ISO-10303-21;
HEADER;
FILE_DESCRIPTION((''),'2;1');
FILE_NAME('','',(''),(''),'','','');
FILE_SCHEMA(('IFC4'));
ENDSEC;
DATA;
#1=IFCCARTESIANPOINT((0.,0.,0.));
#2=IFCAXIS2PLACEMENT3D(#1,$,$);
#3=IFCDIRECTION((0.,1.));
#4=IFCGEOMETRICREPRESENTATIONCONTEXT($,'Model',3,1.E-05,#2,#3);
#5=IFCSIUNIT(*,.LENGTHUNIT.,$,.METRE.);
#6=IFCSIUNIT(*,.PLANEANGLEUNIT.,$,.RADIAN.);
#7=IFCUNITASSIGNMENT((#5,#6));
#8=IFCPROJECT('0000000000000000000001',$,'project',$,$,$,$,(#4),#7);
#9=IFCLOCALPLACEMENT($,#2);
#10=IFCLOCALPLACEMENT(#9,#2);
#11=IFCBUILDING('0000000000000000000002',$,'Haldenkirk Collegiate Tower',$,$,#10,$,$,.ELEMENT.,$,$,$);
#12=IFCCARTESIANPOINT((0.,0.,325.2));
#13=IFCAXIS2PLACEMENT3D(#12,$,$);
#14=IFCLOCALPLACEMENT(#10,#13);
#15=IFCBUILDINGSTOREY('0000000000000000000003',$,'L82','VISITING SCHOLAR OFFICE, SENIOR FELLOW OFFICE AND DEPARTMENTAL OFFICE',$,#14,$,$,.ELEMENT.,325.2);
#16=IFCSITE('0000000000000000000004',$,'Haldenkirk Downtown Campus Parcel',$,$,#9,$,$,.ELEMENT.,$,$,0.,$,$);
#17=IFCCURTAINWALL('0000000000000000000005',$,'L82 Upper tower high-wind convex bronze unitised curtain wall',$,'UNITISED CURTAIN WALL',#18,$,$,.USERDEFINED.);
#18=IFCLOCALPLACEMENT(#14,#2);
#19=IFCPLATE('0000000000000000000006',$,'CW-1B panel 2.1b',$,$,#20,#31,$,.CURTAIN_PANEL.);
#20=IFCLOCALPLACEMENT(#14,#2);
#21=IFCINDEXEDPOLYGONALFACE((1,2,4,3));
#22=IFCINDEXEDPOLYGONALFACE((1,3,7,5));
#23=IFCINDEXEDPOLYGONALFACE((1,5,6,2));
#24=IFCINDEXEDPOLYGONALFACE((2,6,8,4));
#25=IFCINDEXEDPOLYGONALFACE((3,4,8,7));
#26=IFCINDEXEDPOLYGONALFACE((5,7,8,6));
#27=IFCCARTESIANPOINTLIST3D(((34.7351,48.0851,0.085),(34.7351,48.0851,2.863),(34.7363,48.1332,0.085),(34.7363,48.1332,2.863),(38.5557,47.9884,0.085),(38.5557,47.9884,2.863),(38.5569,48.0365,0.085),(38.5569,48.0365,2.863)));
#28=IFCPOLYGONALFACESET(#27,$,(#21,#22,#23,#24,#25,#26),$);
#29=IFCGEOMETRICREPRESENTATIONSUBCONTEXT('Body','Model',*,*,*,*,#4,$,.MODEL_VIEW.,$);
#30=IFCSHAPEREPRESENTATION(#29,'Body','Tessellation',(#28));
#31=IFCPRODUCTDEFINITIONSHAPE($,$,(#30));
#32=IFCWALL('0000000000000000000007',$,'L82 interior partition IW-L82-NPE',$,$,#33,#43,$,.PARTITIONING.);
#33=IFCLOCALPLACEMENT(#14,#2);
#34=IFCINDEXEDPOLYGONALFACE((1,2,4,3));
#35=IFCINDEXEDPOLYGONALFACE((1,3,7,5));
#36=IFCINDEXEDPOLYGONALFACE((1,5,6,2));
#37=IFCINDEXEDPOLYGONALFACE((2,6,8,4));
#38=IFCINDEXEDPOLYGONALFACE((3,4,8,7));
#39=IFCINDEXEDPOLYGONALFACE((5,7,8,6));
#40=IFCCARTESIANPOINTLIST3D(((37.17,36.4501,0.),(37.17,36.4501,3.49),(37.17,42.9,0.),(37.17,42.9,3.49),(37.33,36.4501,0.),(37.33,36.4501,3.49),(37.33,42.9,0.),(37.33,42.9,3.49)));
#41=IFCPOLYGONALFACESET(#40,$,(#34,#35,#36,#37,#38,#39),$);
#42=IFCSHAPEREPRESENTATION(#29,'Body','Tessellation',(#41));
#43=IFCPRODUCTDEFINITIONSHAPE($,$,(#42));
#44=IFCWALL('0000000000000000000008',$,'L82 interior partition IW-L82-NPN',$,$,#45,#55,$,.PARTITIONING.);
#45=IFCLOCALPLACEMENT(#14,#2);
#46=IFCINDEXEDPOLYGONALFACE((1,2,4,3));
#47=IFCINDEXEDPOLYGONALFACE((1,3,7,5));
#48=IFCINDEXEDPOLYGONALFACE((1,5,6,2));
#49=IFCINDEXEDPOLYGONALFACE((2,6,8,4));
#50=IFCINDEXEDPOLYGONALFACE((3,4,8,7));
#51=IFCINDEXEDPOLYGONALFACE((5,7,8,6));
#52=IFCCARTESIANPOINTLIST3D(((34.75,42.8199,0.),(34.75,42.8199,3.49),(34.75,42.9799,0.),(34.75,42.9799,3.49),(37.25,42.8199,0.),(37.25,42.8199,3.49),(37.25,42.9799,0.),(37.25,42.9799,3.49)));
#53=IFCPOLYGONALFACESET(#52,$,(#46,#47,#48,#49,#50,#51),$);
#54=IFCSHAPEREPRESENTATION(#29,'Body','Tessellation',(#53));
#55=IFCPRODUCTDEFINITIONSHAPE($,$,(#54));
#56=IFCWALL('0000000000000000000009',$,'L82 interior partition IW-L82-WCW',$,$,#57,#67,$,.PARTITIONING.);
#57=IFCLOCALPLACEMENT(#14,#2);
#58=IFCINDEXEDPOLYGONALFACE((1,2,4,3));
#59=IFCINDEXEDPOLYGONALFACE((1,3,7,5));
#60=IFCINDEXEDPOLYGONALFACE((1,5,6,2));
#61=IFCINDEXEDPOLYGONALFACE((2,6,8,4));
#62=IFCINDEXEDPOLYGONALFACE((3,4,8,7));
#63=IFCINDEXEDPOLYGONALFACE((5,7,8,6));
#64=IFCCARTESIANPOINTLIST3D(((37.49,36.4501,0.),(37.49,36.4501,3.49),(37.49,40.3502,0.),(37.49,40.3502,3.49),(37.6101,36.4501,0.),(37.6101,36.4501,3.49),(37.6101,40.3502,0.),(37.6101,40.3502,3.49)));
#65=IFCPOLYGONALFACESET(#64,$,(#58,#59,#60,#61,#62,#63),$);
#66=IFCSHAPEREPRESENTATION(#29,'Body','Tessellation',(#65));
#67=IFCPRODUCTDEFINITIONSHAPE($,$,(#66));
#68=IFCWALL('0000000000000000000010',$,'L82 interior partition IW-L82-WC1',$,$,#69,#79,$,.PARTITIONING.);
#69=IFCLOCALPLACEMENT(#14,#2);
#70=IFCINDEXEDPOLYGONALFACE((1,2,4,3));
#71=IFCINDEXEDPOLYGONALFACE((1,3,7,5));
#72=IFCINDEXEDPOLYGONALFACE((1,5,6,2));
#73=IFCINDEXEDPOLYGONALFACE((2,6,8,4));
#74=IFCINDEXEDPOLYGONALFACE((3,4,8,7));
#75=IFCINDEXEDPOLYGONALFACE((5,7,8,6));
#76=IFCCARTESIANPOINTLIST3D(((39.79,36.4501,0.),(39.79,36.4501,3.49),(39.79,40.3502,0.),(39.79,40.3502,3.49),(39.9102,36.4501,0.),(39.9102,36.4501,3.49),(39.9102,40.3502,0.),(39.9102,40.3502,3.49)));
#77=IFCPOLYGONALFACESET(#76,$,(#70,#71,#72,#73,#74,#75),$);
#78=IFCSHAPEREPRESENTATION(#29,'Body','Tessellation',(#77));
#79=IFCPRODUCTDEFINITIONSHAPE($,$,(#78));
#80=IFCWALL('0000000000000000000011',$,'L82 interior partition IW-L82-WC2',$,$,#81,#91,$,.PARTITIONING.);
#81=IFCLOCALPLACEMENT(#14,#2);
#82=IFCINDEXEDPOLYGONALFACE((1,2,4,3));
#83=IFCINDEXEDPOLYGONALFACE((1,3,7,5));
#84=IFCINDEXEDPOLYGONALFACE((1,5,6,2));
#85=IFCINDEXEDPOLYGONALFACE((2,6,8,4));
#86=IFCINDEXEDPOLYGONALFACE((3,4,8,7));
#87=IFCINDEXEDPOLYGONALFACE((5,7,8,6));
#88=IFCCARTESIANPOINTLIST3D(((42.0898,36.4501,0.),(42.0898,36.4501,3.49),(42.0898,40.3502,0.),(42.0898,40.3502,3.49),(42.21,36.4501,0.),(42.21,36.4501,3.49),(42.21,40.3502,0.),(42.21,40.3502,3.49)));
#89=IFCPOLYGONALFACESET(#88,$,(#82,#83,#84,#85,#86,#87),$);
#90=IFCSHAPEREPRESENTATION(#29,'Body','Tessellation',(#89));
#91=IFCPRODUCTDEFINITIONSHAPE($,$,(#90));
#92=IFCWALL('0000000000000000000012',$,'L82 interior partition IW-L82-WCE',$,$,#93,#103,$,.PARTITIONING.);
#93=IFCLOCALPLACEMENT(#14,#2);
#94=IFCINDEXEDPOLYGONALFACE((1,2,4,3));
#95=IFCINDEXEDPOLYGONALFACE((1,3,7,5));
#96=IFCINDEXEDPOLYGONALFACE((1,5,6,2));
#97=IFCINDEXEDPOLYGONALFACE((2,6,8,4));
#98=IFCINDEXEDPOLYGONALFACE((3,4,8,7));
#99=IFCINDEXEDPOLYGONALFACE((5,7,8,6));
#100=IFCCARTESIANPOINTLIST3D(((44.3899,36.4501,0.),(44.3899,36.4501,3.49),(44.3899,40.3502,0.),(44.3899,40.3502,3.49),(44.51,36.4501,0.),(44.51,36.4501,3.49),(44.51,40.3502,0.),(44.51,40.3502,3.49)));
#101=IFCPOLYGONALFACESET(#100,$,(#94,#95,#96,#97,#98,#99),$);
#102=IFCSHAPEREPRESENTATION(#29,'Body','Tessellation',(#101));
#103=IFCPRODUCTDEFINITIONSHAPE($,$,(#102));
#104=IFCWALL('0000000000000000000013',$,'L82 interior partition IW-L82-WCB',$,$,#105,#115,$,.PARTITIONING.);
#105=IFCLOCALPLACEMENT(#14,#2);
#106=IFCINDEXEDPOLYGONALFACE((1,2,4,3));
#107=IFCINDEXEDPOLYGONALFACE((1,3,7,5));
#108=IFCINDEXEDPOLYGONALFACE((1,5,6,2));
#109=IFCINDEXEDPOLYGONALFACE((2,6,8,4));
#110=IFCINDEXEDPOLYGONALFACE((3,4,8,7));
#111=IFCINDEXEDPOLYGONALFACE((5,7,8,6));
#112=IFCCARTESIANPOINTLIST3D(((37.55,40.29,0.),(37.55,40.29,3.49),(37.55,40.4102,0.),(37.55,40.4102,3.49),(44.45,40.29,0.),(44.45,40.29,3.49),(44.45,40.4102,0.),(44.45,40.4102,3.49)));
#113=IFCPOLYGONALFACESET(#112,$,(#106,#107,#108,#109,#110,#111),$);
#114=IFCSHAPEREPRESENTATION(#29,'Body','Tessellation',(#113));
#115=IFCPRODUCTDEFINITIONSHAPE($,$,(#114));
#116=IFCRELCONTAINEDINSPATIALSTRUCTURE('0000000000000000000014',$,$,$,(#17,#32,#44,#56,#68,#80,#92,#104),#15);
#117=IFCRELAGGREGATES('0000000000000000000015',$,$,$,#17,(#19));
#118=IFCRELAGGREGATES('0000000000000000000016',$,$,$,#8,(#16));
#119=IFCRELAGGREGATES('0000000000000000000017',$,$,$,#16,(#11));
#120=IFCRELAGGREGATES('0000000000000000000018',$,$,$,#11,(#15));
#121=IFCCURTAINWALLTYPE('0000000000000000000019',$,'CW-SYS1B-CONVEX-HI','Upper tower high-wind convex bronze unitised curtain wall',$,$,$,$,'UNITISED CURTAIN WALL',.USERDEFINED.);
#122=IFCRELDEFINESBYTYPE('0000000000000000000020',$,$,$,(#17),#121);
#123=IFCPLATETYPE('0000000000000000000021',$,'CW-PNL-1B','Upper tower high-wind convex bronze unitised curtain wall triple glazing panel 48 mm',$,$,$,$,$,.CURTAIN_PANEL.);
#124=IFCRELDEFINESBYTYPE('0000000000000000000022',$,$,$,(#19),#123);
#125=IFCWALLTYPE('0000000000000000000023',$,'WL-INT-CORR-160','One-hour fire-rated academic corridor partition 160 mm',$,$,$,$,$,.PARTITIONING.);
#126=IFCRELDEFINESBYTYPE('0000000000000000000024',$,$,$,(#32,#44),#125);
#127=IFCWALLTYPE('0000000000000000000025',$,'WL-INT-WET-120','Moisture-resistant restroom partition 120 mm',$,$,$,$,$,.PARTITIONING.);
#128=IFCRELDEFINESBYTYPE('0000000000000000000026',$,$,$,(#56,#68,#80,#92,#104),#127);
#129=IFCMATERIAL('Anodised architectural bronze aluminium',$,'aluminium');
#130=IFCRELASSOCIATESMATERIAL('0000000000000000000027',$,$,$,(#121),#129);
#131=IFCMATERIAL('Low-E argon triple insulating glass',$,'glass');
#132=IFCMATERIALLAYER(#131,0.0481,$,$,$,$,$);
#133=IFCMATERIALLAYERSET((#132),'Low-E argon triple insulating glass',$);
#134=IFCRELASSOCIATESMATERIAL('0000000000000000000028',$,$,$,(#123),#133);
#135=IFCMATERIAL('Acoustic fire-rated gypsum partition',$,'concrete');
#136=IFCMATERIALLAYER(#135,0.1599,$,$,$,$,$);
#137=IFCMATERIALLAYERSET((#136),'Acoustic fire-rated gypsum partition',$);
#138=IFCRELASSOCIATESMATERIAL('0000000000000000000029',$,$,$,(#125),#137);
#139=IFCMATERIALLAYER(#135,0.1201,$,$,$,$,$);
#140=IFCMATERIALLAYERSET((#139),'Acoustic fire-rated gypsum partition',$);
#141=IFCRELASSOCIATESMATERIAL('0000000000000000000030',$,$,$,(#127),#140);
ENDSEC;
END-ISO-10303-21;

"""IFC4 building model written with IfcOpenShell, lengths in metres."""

from ifc_helpers import new_model, si_unit, direction, frame, frame_2d, origin, origin_2d, place, context, subcontext, project, spatial, rectangle, extrude, source, transform, mapped, material, layer, layer_set, type_object, element, aggregate, save


model = new_model("IFC4")

# Units and contexts
model_context = context("Model", 3, precision=1e-05, world=origin(), true_north=direction((0.0, 1.0)))
body_context = subcontext(model_context, "Body", "Model", "MODEL_VIEW")
ifc_project = project(units=[si_unit("LENGTHUNIT", "METRE"), si_unit("PLANEANGLEUNIT", "RADIAN")], contexts=[model_context])

# Site, building, storey
site_placement = place(None, origin())
site = spatial("IfcSite", under=ifc_project, at=site_placement, Name="Haldenkirk Downtown Campus Parcel", CompositionType="ELEMENT", RefElevation=0.0)
building_placement = place(site_placement, origin())
building = spatial("IfcBuilding", under=site, at=building_placement, Name="Haldenkirk Collegiate Tower", CompositionType="ELEMENT")
storey_placement = place(building_placement, frame((0.0, 0.0, 325.2)))
storey = spatial("IfcBuildingStorey", under=building, at=storey_placement, Name="L82", Description="VISITING SCHOLAR OFFICE, SENIOR FELLOW OFFICE AND DEPARTMENTAL OFFICE", CompositionType="ELEMENT", Elevation=325.2)

# Curtain wall, plate
ifc_material_1 = material(Name="Anodised architectural bronze aluminium", Category="aluminium")
curtain_wall_type = type_object("IfcCurtainWallType", Name="CW-SYS1B-CONVEX-HI", Description="Upper tower high-wind convex bronze unitised curtain wall", ElementType="UNITISED CURTAIN WALL", PredefinedType="USERDEFINED", material=ifc_material_1)
curtain_wall_placement = place(storey_placement, origin())
curtain_wall = element("IfcCurtainWall", 1, at=curtain_wall_placement, inside=storey, type_object=curtain_wall_type, Name="L82 Upper tower high-wind convex bronze unitised curtain wall", ObjectType="UNITISED CURTAIN WALL", PredefinedType="USERDEFINED")
ifc_material_2 = material(Name="Low-E argon triple insulating glass", Category="glass")
ifc_layer_1 = layer(ifc_material_2, 0.0481)
ifc_layer_set_1 = layer_set([ifc_layer_1], Name="Low-E argon triple insulating glass")
plate_type_1 = type_object("IfcPlateType", Name="CW-PNL-1B", Description="Upper tower high-wind convex bronze unitised curtain wall triple glazing panel 48 mm", PredefinedType="CURTAIN_PANEL", material=ifc_layer_set_1)
shared_shape_1 = source(origin(), body_context, "Body", "SweptSolid", [
    extrude(rectangle(XDim=3.8218, YDim=0.0481, at=origin_2d()), origin(), (0.0, 0.0, 1.0), 2.7781),
])
plate_1_placement = place(storey_placement, frame((36.646, 48.0608, 0.085), z_axis=(0.0, 0.0, 1.0), x_axis=(0.99968, -0.025305, 0.0)))
plate_1 = element("IfcPlate", 2, at=plate_1_placement, type_object=plate_type_1, Name="CW-1B panel 2.1b", PredefinedType="CURTAIN_PANEL", context=body_context, shape_type="MappedRepresentation", body=[
    mapped(shared_shape_1, transform((0.0, 0.0, 0.0), x_axis=(1.0, 0.0, 0.0), y_axis=(0.0, 1.0, 0.0), z_axis=(0.0, 0.0, 1.0), scale=1.0)),
])
aggregate(curtain_wall, [plate_1])

# Shared definitions
ifc_material_3 = material(Name="Acoustic fire-rated gypsum partition", Category="concrete")
ifc_layer_2 = layer(ifc_material_3, 0.1599)
ifc_layer_set_2 = layer_set([ifc_layer_2], Name="Acoustic fire-rated gypsum partition")
wall_type_1 = type_object("IfcWallType", Name="WL-INT-CORR-160", Description="One-hour fire-rated academic corridor partition 160 mm", PredefinedType="PARTITIONING", material=ifc_layer_set_2)

# Walls
wall_1_placement = place(storey_placement, frame((37.25, 36.45, 0.0), z_axis=(0.0, 0.0, 1.0), x_axis=(0.0, 1.0, 0.0)))
element("IfcWall", 3, at=wall_1_placement, inside=storey, type_object=wall_type_1, Name="L82 interior partition IW-L82-NPE", PredefinedType="PARTITIONING", context=body_context, shape_type="SweptSolid", body=[
    extrude(rectangle(XDim=6.45, YDim=0.1599, at=frame_2d((3.2251, 0.0))), origin(), (0.0, 0.0, 1.0), 3.49),
])
wall_2_placement = place(storey_placement, frame((34.75, 42.8999, 0.0), z_axis=(0.0, 0.0, 1.0), x_axis=(1.0, 0.0, 0.0)))
element("IfcWall", 4, at=wall_2_placement, inside=storey, type_object=wall_type_1, Name="L82 interior partition IW-L82-NPN", PredefinedType="PARTITIONING", context=body_context, shape_type="SweptSolid", body=[
    extrude(rectangle(XDim=2.5, YDim=0.1599, at=frame_2d((1.25, 0.0))), origin(), (0.0, 0.0, 1.0), 3.49),
])
ifc_layer_3 = layer(ifc_material_3, 0.1201)
ifc_layer_set_3 = layer_set([ifc_layer_3], Name="Acoustic fire-rated gypsum partition")
wall_type_2 = type_object("IfcWallType", Name="WL-INT-WET-120", Description="Moisture-resistant restroom partition 120 mm", PredefinedType="PARTITIONING", material=ifc_layer_set_3)
for number, where, z_axis, x_axis, name in (
    (5, (37.55, 36.45, 0.0), (0.0, 0.0, 1.0), (0.0, 1.0, 0.0), "L82 interior partition IW-L82-WCW"),
    (6, (39.8501, 36.45, 0.0), (0.0, 0.0, 1.0), (0.0, 1.0, 0.0), "L82 interior partition IW-L82-WC1"),
    (7, (42.1499, 36.45, 0.0), (0.0, 0.0, 1.0), (0.0, 1.0, 0.0), "L82 interior partition IW-L82-WC2"),
    (8, (44.45, 36.45, 0.0), (0.0, 0.0, 1.0), (0.0, 1.0, 0.0), "L82 interior partition IW-L82-WCE"),
):
    element("IfcWall", number, at=place(storey_placement, frame(where, z_axis=z_axis, x_axis=x_axis)), inside=storey, type_object=wall_type_2, Name=name, PredefinedType="PARTITIONING", context=body_context, shape_type="SweptSolid", body=[
        extrude(rectangle(XDim=3.9001, YDim=0.1201, at=frame_2d((1.9502, 0.0))), origin(), (0.0, 0.0, 1.0), 3.49),
    ])
wall_3_placement = place(storey_placement, frame((37.55, 40.3501, 0.0), z_axis=(0.0, 0.0, 1.0), x_axis=(1.0, 0.0, 0.0)))
element("IfcWall", 9, at=wall_3_placement, inside=storey, type_object=wall_type_2, Name="L82 interior partition IW-L82-WCB", PredefinedType="PARTITIONING", context=body_context, shape_type="SweptSolid", body=[
    extrude(rectangle(XDim=6.8999, YDim=0.1201, at=frame_2d((3.45, 0.0))), origin(), (0.0, 0.0, 1.0), 3.49),
])

save(model, "model.ifc")
